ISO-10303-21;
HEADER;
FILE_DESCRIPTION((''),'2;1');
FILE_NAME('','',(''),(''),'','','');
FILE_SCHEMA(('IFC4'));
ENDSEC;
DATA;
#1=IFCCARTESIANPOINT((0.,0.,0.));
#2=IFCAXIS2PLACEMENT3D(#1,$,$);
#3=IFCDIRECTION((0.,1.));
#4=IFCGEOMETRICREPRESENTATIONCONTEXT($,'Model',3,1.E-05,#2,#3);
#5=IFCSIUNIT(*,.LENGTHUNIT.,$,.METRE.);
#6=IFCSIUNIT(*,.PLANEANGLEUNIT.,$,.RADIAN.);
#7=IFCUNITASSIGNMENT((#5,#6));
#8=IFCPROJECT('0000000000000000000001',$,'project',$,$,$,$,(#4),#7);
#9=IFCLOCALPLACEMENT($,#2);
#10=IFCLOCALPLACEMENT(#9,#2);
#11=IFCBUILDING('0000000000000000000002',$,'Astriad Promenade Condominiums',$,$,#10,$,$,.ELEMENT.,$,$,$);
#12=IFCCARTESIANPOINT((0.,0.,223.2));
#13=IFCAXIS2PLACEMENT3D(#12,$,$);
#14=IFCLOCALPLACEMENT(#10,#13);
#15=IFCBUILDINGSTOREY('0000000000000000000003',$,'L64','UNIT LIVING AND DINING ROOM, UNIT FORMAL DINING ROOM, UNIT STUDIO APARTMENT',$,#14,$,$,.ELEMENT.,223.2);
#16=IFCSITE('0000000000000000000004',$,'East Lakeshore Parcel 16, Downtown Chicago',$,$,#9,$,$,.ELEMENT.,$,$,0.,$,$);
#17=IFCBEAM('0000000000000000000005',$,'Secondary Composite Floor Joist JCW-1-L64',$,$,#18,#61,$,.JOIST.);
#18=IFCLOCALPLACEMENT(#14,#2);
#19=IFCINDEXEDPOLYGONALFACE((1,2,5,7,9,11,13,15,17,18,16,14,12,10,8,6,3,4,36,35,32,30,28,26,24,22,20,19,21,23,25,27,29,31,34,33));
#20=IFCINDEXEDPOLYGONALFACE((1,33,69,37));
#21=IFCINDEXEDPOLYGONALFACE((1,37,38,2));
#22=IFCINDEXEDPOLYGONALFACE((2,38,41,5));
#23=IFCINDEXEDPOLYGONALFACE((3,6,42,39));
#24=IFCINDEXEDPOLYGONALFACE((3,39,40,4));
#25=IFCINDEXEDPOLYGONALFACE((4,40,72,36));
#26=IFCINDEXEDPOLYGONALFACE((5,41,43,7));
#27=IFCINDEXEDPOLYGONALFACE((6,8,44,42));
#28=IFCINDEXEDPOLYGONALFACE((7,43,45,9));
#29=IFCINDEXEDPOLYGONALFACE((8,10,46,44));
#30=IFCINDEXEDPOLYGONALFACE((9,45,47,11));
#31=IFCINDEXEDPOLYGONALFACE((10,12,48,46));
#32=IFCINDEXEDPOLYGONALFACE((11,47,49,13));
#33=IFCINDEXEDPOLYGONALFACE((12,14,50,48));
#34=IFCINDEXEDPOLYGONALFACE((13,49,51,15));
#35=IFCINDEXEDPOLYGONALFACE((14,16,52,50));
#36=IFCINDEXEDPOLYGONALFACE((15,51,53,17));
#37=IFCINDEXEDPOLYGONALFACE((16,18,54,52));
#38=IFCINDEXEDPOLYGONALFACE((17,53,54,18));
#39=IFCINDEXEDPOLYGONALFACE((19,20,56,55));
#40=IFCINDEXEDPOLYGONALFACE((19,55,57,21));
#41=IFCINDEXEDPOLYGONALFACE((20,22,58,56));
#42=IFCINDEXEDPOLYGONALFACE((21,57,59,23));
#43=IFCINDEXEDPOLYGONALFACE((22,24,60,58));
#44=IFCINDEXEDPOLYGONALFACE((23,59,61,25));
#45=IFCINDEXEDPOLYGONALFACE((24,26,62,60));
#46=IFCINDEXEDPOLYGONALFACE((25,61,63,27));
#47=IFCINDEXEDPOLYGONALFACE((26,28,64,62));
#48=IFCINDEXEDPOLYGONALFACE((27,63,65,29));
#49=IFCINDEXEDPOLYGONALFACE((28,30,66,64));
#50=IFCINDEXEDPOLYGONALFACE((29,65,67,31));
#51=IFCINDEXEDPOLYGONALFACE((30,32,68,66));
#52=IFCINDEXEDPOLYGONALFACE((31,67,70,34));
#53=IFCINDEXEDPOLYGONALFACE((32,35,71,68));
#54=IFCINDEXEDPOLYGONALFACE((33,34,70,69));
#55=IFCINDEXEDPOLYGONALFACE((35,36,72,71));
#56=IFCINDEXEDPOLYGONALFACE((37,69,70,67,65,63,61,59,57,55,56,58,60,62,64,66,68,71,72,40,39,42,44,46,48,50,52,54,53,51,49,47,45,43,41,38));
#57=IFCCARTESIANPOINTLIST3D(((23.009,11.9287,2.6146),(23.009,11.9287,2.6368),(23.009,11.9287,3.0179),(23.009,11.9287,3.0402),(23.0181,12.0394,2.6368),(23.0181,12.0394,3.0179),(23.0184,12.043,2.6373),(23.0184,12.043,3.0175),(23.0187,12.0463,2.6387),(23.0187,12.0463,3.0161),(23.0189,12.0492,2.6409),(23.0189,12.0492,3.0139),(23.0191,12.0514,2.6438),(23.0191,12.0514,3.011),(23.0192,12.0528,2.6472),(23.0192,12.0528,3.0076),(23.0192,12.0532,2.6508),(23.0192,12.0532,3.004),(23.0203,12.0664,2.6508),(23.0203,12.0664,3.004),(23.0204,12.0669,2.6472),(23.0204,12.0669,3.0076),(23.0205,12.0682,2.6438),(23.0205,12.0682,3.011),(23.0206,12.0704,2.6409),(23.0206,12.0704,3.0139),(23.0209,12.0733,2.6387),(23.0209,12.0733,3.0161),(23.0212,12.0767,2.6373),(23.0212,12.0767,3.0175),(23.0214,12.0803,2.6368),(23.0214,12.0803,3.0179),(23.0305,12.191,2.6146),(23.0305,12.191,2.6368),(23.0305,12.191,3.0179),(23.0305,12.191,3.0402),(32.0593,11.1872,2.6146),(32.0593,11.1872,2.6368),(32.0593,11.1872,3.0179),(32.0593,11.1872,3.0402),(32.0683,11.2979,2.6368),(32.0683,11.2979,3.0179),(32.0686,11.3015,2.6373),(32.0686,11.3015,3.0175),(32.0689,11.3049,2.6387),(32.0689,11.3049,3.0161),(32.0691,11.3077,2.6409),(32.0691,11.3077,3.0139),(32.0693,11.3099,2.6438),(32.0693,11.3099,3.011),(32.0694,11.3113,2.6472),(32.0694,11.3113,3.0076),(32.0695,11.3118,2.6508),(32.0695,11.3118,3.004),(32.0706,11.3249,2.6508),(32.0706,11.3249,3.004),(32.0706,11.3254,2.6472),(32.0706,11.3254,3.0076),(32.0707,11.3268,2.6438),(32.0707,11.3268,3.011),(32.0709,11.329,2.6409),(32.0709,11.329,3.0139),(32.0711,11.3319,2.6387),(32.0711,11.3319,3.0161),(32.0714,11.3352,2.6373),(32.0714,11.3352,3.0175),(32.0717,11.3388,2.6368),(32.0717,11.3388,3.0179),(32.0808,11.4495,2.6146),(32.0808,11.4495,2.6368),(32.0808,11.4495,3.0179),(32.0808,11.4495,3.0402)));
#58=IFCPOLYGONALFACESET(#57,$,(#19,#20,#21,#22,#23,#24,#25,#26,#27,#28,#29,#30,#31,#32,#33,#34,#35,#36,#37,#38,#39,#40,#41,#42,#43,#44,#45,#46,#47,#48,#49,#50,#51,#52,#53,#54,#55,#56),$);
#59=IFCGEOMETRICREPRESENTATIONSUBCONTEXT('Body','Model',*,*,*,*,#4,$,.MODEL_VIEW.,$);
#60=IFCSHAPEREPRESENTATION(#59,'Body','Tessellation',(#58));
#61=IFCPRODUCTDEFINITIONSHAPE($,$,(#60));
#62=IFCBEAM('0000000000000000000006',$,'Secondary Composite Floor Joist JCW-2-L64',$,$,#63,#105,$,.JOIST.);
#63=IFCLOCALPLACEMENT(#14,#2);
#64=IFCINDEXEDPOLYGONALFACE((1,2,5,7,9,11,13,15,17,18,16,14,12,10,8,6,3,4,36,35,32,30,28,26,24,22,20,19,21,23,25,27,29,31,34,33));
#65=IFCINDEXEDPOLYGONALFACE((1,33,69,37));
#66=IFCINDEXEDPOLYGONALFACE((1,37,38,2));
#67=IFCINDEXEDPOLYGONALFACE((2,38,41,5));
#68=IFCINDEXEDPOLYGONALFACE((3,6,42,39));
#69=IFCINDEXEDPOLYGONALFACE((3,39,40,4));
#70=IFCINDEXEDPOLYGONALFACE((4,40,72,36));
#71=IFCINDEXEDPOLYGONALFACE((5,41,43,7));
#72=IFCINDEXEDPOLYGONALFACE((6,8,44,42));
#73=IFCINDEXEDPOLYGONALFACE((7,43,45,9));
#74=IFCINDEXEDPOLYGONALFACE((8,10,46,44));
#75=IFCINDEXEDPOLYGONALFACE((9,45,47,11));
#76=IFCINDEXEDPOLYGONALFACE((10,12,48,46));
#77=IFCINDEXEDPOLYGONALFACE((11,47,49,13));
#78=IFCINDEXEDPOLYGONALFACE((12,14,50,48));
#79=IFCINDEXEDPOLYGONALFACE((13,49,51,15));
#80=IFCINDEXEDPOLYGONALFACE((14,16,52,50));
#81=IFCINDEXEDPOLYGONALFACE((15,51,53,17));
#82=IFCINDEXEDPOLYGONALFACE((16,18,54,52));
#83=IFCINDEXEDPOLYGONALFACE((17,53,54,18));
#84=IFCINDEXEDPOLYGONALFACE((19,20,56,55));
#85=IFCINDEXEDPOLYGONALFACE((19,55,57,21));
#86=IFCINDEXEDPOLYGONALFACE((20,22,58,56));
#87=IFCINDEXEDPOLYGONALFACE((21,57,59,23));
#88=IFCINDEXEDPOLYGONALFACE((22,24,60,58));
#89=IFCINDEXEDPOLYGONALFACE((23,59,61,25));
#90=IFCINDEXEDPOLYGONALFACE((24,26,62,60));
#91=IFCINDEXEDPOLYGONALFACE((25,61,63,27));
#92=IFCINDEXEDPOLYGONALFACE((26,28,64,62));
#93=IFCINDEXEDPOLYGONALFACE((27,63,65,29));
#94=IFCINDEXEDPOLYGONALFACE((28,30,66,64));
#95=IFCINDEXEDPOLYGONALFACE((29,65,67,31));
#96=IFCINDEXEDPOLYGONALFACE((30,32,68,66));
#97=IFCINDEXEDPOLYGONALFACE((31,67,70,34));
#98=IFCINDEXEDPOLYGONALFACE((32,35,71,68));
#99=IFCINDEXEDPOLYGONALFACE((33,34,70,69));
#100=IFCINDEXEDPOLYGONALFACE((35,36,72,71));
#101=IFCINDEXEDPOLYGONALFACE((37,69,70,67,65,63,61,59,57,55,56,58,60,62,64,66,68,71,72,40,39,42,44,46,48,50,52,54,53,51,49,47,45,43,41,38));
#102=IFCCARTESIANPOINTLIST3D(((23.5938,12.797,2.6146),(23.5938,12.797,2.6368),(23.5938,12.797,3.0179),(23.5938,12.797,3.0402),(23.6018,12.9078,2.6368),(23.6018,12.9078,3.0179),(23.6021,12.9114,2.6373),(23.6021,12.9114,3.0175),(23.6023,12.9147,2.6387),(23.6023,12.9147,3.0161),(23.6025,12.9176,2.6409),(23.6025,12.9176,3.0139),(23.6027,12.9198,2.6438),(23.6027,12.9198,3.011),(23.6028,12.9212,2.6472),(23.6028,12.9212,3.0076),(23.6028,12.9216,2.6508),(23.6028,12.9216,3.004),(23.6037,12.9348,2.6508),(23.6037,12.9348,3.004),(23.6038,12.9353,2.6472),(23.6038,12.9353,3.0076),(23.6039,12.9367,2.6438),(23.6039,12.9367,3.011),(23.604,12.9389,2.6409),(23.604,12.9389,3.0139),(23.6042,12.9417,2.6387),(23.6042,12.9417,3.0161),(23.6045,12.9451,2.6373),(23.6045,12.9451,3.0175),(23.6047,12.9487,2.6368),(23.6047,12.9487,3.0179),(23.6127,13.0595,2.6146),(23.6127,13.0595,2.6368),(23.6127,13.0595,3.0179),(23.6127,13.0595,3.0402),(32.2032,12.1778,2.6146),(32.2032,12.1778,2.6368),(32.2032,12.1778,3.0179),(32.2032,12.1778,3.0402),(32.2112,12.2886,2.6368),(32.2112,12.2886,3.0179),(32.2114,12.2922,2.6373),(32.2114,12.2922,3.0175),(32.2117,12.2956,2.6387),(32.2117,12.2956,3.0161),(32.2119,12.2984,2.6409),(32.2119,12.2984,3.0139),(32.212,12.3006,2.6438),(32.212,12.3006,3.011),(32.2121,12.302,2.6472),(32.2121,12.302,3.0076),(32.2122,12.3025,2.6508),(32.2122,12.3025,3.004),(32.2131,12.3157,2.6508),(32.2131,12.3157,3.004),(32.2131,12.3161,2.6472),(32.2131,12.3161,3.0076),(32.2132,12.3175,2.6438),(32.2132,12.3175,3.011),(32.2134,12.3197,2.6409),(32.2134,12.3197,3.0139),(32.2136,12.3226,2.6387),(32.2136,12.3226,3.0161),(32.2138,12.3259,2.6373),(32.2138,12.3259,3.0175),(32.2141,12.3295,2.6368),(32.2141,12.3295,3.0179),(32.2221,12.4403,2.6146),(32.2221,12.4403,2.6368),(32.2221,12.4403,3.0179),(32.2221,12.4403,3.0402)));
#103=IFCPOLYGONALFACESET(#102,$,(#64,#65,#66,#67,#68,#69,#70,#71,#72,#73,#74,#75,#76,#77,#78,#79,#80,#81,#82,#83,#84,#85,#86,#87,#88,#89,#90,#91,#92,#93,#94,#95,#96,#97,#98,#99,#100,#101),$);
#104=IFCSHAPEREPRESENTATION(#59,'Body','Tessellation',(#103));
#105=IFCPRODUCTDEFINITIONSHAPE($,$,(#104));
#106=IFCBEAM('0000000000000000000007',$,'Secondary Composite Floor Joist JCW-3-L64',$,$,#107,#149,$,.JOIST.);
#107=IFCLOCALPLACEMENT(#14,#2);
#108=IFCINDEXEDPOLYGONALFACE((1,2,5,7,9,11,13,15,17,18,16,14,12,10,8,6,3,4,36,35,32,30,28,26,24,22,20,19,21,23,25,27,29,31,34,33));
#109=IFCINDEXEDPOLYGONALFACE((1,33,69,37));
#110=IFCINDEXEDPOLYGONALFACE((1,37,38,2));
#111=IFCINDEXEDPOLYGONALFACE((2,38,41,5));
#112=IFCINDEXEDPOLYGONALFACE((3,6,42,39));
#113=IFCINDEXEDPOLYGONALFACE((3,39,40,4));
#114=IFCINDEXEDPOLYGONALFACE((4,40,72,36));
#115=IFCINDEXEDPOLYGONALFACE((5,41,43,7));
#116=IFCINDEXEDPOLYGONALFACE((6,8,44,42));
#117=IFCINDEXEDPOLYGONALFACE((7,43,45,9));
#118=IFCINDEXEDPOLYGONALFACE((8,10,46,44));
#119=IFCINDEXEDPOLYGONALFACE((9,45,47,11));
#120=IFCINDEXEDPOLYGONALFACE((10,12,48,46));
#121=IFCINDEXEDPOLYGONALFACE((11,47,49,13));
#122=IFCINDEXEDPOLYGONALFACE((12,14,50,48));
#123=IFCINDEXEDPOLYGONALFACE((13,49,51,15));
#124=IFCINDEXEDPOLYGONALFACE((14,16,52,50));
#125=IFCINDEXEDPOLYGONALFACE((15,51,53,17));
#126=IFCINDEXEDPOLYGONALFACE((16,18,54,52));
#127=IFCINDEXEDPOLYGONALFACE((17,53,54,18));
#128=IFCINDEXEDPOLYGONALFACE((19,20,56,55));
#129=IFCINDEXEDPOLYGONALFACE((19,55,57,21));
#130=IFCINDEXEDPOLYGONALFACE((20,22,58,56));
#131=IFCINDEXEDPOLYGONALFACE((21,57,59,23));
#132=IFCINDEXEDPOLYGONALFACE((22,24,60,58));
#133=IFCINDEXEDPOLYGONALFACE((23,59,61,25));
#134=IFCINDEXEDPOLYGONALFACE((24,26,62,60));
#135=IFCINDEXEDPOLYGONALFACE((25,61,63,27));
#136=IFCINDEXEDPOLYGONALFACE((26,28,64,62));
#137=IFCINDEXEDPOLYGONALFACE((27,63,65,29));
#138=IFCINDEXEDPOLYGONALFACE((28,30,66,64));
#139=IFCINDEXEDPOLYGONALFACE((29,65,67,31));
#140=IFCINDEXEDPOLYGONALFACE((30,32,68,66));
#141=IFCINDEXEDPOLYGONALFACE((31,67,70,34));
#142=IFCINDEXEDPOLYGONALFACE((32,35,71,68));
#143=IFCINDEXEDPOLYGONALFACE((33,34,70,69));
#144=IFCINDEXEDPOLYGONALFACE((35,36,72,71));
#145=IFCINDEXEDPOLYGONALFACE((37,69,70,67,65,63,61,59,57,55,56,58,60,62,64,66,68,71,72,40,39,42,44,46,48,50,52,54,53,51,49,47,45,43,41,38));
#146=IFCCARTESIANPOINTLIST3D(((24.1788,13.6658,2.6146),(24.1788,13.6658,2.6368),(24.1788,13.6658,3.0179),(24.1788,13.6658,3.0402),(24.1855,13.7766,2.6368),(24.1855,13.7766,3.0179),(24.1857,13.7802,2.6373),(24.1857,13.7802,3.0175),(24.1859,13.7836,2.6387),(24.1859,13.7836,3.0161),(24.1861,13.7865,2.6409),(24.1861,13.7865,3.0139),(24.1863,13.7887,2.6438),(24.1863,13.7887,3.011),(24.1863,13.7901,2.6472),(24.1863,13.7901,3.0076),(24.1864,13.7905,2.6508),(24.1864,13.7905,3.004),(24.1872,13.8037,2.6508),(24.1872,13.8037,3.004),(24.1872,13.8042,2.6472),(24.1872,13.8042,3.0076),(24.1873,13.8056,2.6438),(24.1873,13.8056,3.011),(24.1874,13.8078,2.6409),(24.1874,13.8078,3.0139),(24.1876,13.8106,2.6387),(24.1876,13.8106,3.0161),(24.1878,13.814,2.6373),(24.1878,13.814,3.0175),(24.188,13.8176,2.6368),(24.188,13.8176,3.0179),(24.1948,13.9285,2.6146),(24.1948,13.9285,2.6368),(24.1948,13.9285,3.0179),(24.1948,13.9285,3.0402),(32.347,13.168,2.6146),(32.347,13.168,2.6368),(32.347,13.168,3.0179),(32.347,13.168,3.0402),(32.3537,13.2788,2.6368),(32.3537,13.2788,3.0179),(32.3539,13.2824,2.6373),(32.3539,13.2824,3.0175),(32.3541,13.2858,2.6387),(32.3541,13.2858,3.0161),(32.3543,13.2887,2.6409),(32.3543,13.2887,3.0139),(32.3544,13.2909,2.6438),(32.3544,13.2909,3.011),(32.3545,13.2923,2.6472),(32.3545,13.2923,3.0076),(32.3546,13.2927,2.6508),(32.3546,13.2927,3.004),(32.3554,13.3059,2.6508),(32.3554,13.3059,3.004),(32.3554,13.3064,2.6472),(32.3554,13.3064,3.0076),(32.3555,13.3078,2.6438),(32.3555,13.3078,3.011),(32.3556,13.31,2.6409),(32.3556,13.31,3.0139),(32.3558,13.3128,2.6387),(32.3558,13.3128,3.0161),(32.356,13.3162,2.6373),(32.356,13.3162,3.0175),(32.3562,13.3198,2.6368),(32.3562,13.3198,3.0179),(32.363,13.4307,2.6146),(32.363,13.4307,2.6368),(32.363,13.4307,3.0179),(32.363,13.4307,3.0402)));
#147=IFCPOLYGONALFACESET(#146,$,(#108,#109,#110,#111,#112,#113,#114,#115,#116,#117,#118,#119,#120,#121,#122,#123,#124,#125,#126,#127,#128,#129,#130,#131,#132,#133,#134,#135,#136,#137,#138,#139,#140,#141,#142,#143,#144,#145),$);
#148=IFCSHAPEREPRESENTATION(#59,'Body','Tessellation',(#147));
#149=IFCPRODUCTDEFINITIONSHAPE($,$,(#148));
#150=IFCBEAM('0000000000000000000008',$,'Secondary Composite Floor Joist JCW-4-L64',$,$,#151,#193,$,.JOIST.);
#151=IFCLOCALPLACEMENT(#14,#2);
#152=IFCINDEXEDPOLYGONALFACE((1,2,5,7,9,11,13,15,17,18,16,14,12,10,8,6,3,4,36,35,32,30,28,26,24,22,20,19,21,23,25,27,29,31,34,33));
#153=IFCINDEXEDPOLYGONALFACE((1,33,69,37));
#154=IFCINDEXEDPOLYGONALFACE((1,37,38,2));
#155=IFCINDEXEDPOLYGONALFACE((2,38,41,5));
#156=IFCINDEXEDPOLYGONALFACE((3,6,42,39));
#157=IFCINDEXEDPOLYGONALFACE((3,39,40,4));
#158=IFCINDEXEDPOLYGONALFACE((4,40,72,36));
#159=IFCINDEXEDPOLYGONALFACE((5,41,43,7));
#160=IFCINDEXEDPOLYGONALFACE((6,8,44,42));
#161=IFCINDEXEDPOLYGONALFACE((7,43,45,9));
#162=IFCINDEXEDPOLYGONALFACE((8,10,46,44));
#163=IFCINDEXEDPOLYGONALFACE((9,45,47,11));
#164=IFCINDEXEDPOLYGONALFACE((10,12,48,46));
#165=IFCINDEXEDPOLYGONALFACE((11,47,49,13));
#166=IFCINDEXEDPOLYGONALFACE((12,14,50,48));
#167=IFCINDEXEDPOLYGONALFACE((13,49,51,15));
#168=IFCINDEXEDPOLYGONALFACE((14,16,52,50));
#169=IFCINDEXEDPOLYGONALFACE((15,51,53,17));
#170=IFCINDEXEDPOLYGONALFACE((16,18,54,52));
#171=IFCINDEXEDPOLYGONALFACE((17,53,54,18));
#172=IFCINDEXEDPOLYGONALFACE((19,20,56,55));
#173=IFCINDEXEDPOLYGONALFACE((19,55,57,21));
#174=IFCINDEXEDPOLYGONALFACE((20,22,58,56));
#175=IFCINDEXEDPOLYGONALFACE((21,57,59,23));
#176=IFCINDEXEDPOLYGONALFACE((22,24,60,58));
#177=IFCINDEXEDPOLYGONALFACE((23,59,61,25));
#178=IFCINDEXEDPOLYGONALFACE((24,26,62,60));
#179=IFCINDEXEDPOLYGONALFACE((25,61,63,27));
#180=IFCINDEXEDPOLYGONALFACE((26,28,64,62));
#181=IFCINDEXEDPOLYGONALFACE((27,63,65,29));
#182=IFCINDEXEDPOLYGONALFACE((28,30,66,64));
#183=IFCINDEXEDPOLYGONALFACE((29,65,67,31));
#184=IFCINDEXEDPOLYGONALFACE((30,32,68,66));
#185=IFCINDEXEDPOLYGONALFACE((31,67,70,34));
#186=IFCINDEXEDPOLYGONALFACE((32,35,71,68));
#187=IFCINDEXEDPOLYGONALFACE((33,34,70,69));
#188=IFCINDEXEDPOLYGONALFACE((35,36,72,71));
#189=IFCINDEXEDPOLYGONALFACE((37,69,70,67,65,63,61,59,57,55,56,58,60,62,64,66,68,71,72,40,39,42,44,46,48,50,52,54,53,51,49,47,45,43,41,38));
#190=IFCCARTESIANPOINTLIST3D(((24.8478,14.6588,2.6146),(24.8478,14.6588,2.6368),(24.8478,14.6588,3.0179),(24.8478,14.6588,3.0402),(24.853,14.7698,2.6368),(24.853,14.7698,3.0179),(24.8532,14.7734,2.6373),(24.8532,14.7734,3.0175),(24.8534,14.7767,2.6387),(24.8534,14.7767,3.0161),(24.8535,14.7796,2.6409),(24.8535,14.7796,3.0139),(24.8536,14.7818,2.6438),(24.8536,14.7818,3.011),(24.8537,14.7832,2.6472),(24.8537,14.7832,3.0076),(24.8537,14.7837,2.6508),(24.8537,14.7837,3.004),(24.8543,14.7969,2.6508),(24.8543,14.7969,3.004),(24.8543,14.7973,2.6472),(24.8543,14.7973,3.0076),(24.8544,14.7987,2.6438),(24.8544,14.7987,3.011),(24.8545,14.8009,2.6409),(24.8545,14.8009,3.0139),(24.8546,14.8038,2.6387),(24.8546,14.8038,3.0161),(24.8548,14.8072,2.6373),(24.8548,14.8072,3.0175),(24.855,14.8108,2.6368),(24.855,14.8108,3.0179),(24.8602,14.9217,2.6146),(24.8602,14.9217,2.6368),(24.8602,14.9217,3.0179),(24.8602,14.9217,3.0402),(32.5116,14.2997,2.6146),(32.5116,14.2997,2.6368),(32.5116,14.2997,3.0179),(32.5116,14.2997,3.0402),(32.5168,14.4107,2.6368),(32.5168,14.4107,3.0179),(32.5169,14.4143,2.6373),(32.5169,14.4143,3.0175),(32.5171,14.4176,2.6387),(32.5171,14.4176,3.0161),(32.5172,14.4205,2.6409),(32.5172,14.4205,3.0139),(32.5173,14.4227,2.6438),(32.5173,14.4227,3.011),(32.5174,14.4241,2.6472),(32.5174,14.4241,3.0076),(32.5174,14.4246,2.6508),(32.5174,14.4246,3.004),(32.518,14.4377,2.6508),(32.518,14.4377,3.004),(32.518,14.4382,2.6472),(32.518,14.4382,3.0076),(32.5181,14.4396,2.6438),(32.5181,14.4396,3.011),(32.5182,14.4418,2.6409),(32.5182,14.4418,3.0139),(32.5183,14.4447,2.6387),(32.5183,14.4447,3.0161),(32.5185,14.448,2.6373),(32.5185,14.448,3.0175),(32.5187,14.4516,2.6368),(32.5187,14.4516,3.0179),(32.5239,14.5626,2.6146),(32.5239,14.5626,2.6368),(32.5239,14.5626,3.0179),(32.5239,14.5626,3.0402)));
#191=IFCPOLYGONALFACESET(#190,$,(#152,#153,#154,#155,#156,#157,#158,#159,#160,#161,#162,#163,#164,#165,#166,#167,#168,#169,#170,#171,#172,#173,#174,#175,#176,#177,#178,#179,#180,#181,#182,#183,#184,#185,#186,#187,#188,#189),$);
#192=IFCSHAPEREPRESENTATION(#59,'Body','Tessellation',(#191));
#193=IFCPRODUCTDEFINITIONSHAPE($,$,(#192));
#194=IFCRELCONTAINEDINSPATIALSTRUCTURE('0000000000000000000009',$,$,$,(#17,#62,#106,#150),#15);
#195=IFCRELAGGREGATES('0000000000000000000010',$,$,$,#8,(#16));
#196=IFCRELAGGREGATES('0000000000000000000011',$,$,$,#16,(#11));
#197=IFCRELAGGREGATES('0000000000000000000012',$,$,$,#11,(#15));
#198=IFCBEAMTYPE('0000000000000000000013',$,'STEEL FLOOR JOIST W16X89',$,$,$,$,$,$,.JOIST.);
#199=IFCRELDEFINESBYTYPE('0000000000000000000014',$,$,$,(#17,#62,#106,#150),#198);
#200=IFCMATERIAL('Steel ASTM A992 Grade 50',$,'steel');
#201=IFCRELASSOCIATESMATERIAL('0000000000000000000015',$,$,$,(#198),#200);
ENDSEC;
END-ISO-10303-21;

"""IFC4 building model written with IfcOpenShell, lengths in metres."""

from ifc_helpers import new_model, si_unit, direction, frame, origin, origin_2d, place, context, subcontext, project, spatial, i_section, extrude, source, transform, mapped, material, material_profile, profile_set, type_object, element, save


model = new_model("IFC4")

# Units and contexts
model_context = context("Model", 3, precision=1e-05, world=origin(), true_north=direction((0.0, 1.0)))
body_context = subcontext(model_context, "Body", "Model", "MODEL_VIEW")
ifc_project = project(units=[si_unit("LENGTHUNIT", "METRE"), si_unit("PLANEANGLEUNIT", "RADIAN")], contexts=[model_context])

# Site, building, storey
site_placement = place(None, origin())
site = spatial("IfcSite", under=ifc_project, at=site_placement, Name="East Lakeshore Parcel 16, Downtown Chicago", CompositionType="ELEMENT", RefElevation=0.0)
building_placement = place(site_placement, origin())
building = spatial("IfcBuilding", under=site, at=building_placement, Name="Astriad Promenade Condominiums", CompositionType="ELEMENT")
storey_placement = place(building_placement, frame((0.0, 0.0, 223.2)))
storey = spatial("IfcBuildingStorey", under=building, at=storey_placement, Name="L64", Description="UNIT LIVING AND DINING ROOM, UNIT FORMAL DINING ROOM, UNIT STUDIO APARTMENT", CompositionType="ELEMENT", Elevation=223.2)

# Beams
ifc_material_1 = material(Name="Steel ASTM A992 Grade 50", Category="steel")
ifc_material_profile_1 = material_profile(ifc_material_1, i_section(OverallWidth=0.2632, OverallDepth=0.4255, WebThickness=0.0132, FlangeThickness=0.0222, FilletRadius=0.0139, at=origin_2d()), Name="W16X89")
ifc_profile_set_1 = profile_set([ifc_material_profile_1], Name="Steel ASTM A992 Grade 50")
beam_type_1 = type_object("IfcBeamType", Name="STEEL FLOOR JOIST W16X89", PredefinedType="JOIST", material=ifc_profile_set_1)
shared_shape_1 = source(origin(), body_context, "Body", "SweptSolid", [
    extrude(i_section(OverallWidth=0.2632, OverallDepth=0.4255, WebThickness=0.0132, FlangeThickness=0.0222, FilletRadius=0.0139, at=origin_2d()), origin(), (0.0, 0.0, 1.0), 9.0806),
])
beam_1_placement = place(storey_placement, frame((23.0198, 12.0598, 2.8274), z_axis=(0.996661, -0.081653, 0.0), x_axis=(0.081653, 0.996661, 0.0)))
element("IfcBeam", 1, at=beam_1_placement, inside=storey, type_object=beam_type_1, Name="Secondary Composite Floor Joist JCW-1-L64", PredefinedType="JOIST", context=body_context, shape_type="MappedRepresentation", body=[
    mapped(shared_shape_1, transform((0.0, 0.0, 0.0), scale=1.0)),
])
shared_shape_2 = source(origin(), body_context, "Body", "SweptSolid", [
    extrude(i_section(OverallWidth=0.2632, OverallDepth=0.4255, WebThickness=0.0132, FlangeThickness=0.0222, FilletRadius=0.0139, at=origin_2d()), origin(), (0.0, 0.0, 1.0), 8.6316),
])
beam_2_placement = place(storey_placement, frame((23.6033, 12.9282, 2.8274), z_axis=(0.997424, -0.071729, 0.0), x_axis=(0.071729, 0.997424, 0.0)))
element("IfcBeam", 2, at=beam_2_placement, inside=storey, type_object=beam_type_1, Name="Secondary Composite Floor Joist JCW-2-L64", PredefinedType="JOIST", context=body_context, shape_type="MappedRepresentation", body=[
    mapped(shared_shape_2, transform((0.0, 0.0, 0.0), scale=1.0)),
])
shared_shape_3 = source(origin(), body_context, "Body", "SweptSolid", [
    extrude(i_section(OverallWidth=0.2632, OverallDepth=0.4255, WebThickness=0.0132, FlangeThickness=0.0222, FilletRadius=0.0139, at=origin_2d()), origin(), (0.0, 0.0, 1.0), 8.1833),
])
beam_3_placement = place(storey_placement, frame((24.1868, 13.7971, 2.8274), z_axis=(0.998148, -0.060831, 0.0), x_axis=(0.060831, 0.998148, 0.0)))
element("IfcBeam", 3, at=beam_3_placement, inside=storey, type_object=beam_type_1, Name="Secondary Composite Floor Joist JCW-3-L64", PredefinedType="JOIST", context=body_context, shape_type="MappedRepresentation", body=[
    mapped(shared_shape_3, transform((0.0, 0.0, 0.0), scale=1.0)),
])
shared_shape_4 = source(origin(), body_context, "Body", "SweptSolid", [
    extrude(i_section(OverallWidth=0.2632, OverallDepth=0.4255, WebThickness=0.0132, FlangeThickness=0.0222, FilletRadius=0.0139, at=origin_2d()), origin(), (0.0, 0.0, 1.0), 7.6721),
])
beam_4_placement = place(storey_placement, frame((24.854, 14.7903, 2.8274), z_axis=(0.998904, -0.046809, 0.0), x_axis=(0.046809, 0.998904, 0.0)))
element("IfcBeam", 4, at=beam_4_placement, inside=storey, type_object=beam_type_1, Name="Secondary Composite Floor Joist JCW-4-L64", PredefinedType="JOIST", context=body_context, shape_type="MappedRepresentation", body=[
    mapped(shared_shape_4, transform((0.0, 0.0, 0.0), scale=1.0)),
])

save(model, "model.ifc")
